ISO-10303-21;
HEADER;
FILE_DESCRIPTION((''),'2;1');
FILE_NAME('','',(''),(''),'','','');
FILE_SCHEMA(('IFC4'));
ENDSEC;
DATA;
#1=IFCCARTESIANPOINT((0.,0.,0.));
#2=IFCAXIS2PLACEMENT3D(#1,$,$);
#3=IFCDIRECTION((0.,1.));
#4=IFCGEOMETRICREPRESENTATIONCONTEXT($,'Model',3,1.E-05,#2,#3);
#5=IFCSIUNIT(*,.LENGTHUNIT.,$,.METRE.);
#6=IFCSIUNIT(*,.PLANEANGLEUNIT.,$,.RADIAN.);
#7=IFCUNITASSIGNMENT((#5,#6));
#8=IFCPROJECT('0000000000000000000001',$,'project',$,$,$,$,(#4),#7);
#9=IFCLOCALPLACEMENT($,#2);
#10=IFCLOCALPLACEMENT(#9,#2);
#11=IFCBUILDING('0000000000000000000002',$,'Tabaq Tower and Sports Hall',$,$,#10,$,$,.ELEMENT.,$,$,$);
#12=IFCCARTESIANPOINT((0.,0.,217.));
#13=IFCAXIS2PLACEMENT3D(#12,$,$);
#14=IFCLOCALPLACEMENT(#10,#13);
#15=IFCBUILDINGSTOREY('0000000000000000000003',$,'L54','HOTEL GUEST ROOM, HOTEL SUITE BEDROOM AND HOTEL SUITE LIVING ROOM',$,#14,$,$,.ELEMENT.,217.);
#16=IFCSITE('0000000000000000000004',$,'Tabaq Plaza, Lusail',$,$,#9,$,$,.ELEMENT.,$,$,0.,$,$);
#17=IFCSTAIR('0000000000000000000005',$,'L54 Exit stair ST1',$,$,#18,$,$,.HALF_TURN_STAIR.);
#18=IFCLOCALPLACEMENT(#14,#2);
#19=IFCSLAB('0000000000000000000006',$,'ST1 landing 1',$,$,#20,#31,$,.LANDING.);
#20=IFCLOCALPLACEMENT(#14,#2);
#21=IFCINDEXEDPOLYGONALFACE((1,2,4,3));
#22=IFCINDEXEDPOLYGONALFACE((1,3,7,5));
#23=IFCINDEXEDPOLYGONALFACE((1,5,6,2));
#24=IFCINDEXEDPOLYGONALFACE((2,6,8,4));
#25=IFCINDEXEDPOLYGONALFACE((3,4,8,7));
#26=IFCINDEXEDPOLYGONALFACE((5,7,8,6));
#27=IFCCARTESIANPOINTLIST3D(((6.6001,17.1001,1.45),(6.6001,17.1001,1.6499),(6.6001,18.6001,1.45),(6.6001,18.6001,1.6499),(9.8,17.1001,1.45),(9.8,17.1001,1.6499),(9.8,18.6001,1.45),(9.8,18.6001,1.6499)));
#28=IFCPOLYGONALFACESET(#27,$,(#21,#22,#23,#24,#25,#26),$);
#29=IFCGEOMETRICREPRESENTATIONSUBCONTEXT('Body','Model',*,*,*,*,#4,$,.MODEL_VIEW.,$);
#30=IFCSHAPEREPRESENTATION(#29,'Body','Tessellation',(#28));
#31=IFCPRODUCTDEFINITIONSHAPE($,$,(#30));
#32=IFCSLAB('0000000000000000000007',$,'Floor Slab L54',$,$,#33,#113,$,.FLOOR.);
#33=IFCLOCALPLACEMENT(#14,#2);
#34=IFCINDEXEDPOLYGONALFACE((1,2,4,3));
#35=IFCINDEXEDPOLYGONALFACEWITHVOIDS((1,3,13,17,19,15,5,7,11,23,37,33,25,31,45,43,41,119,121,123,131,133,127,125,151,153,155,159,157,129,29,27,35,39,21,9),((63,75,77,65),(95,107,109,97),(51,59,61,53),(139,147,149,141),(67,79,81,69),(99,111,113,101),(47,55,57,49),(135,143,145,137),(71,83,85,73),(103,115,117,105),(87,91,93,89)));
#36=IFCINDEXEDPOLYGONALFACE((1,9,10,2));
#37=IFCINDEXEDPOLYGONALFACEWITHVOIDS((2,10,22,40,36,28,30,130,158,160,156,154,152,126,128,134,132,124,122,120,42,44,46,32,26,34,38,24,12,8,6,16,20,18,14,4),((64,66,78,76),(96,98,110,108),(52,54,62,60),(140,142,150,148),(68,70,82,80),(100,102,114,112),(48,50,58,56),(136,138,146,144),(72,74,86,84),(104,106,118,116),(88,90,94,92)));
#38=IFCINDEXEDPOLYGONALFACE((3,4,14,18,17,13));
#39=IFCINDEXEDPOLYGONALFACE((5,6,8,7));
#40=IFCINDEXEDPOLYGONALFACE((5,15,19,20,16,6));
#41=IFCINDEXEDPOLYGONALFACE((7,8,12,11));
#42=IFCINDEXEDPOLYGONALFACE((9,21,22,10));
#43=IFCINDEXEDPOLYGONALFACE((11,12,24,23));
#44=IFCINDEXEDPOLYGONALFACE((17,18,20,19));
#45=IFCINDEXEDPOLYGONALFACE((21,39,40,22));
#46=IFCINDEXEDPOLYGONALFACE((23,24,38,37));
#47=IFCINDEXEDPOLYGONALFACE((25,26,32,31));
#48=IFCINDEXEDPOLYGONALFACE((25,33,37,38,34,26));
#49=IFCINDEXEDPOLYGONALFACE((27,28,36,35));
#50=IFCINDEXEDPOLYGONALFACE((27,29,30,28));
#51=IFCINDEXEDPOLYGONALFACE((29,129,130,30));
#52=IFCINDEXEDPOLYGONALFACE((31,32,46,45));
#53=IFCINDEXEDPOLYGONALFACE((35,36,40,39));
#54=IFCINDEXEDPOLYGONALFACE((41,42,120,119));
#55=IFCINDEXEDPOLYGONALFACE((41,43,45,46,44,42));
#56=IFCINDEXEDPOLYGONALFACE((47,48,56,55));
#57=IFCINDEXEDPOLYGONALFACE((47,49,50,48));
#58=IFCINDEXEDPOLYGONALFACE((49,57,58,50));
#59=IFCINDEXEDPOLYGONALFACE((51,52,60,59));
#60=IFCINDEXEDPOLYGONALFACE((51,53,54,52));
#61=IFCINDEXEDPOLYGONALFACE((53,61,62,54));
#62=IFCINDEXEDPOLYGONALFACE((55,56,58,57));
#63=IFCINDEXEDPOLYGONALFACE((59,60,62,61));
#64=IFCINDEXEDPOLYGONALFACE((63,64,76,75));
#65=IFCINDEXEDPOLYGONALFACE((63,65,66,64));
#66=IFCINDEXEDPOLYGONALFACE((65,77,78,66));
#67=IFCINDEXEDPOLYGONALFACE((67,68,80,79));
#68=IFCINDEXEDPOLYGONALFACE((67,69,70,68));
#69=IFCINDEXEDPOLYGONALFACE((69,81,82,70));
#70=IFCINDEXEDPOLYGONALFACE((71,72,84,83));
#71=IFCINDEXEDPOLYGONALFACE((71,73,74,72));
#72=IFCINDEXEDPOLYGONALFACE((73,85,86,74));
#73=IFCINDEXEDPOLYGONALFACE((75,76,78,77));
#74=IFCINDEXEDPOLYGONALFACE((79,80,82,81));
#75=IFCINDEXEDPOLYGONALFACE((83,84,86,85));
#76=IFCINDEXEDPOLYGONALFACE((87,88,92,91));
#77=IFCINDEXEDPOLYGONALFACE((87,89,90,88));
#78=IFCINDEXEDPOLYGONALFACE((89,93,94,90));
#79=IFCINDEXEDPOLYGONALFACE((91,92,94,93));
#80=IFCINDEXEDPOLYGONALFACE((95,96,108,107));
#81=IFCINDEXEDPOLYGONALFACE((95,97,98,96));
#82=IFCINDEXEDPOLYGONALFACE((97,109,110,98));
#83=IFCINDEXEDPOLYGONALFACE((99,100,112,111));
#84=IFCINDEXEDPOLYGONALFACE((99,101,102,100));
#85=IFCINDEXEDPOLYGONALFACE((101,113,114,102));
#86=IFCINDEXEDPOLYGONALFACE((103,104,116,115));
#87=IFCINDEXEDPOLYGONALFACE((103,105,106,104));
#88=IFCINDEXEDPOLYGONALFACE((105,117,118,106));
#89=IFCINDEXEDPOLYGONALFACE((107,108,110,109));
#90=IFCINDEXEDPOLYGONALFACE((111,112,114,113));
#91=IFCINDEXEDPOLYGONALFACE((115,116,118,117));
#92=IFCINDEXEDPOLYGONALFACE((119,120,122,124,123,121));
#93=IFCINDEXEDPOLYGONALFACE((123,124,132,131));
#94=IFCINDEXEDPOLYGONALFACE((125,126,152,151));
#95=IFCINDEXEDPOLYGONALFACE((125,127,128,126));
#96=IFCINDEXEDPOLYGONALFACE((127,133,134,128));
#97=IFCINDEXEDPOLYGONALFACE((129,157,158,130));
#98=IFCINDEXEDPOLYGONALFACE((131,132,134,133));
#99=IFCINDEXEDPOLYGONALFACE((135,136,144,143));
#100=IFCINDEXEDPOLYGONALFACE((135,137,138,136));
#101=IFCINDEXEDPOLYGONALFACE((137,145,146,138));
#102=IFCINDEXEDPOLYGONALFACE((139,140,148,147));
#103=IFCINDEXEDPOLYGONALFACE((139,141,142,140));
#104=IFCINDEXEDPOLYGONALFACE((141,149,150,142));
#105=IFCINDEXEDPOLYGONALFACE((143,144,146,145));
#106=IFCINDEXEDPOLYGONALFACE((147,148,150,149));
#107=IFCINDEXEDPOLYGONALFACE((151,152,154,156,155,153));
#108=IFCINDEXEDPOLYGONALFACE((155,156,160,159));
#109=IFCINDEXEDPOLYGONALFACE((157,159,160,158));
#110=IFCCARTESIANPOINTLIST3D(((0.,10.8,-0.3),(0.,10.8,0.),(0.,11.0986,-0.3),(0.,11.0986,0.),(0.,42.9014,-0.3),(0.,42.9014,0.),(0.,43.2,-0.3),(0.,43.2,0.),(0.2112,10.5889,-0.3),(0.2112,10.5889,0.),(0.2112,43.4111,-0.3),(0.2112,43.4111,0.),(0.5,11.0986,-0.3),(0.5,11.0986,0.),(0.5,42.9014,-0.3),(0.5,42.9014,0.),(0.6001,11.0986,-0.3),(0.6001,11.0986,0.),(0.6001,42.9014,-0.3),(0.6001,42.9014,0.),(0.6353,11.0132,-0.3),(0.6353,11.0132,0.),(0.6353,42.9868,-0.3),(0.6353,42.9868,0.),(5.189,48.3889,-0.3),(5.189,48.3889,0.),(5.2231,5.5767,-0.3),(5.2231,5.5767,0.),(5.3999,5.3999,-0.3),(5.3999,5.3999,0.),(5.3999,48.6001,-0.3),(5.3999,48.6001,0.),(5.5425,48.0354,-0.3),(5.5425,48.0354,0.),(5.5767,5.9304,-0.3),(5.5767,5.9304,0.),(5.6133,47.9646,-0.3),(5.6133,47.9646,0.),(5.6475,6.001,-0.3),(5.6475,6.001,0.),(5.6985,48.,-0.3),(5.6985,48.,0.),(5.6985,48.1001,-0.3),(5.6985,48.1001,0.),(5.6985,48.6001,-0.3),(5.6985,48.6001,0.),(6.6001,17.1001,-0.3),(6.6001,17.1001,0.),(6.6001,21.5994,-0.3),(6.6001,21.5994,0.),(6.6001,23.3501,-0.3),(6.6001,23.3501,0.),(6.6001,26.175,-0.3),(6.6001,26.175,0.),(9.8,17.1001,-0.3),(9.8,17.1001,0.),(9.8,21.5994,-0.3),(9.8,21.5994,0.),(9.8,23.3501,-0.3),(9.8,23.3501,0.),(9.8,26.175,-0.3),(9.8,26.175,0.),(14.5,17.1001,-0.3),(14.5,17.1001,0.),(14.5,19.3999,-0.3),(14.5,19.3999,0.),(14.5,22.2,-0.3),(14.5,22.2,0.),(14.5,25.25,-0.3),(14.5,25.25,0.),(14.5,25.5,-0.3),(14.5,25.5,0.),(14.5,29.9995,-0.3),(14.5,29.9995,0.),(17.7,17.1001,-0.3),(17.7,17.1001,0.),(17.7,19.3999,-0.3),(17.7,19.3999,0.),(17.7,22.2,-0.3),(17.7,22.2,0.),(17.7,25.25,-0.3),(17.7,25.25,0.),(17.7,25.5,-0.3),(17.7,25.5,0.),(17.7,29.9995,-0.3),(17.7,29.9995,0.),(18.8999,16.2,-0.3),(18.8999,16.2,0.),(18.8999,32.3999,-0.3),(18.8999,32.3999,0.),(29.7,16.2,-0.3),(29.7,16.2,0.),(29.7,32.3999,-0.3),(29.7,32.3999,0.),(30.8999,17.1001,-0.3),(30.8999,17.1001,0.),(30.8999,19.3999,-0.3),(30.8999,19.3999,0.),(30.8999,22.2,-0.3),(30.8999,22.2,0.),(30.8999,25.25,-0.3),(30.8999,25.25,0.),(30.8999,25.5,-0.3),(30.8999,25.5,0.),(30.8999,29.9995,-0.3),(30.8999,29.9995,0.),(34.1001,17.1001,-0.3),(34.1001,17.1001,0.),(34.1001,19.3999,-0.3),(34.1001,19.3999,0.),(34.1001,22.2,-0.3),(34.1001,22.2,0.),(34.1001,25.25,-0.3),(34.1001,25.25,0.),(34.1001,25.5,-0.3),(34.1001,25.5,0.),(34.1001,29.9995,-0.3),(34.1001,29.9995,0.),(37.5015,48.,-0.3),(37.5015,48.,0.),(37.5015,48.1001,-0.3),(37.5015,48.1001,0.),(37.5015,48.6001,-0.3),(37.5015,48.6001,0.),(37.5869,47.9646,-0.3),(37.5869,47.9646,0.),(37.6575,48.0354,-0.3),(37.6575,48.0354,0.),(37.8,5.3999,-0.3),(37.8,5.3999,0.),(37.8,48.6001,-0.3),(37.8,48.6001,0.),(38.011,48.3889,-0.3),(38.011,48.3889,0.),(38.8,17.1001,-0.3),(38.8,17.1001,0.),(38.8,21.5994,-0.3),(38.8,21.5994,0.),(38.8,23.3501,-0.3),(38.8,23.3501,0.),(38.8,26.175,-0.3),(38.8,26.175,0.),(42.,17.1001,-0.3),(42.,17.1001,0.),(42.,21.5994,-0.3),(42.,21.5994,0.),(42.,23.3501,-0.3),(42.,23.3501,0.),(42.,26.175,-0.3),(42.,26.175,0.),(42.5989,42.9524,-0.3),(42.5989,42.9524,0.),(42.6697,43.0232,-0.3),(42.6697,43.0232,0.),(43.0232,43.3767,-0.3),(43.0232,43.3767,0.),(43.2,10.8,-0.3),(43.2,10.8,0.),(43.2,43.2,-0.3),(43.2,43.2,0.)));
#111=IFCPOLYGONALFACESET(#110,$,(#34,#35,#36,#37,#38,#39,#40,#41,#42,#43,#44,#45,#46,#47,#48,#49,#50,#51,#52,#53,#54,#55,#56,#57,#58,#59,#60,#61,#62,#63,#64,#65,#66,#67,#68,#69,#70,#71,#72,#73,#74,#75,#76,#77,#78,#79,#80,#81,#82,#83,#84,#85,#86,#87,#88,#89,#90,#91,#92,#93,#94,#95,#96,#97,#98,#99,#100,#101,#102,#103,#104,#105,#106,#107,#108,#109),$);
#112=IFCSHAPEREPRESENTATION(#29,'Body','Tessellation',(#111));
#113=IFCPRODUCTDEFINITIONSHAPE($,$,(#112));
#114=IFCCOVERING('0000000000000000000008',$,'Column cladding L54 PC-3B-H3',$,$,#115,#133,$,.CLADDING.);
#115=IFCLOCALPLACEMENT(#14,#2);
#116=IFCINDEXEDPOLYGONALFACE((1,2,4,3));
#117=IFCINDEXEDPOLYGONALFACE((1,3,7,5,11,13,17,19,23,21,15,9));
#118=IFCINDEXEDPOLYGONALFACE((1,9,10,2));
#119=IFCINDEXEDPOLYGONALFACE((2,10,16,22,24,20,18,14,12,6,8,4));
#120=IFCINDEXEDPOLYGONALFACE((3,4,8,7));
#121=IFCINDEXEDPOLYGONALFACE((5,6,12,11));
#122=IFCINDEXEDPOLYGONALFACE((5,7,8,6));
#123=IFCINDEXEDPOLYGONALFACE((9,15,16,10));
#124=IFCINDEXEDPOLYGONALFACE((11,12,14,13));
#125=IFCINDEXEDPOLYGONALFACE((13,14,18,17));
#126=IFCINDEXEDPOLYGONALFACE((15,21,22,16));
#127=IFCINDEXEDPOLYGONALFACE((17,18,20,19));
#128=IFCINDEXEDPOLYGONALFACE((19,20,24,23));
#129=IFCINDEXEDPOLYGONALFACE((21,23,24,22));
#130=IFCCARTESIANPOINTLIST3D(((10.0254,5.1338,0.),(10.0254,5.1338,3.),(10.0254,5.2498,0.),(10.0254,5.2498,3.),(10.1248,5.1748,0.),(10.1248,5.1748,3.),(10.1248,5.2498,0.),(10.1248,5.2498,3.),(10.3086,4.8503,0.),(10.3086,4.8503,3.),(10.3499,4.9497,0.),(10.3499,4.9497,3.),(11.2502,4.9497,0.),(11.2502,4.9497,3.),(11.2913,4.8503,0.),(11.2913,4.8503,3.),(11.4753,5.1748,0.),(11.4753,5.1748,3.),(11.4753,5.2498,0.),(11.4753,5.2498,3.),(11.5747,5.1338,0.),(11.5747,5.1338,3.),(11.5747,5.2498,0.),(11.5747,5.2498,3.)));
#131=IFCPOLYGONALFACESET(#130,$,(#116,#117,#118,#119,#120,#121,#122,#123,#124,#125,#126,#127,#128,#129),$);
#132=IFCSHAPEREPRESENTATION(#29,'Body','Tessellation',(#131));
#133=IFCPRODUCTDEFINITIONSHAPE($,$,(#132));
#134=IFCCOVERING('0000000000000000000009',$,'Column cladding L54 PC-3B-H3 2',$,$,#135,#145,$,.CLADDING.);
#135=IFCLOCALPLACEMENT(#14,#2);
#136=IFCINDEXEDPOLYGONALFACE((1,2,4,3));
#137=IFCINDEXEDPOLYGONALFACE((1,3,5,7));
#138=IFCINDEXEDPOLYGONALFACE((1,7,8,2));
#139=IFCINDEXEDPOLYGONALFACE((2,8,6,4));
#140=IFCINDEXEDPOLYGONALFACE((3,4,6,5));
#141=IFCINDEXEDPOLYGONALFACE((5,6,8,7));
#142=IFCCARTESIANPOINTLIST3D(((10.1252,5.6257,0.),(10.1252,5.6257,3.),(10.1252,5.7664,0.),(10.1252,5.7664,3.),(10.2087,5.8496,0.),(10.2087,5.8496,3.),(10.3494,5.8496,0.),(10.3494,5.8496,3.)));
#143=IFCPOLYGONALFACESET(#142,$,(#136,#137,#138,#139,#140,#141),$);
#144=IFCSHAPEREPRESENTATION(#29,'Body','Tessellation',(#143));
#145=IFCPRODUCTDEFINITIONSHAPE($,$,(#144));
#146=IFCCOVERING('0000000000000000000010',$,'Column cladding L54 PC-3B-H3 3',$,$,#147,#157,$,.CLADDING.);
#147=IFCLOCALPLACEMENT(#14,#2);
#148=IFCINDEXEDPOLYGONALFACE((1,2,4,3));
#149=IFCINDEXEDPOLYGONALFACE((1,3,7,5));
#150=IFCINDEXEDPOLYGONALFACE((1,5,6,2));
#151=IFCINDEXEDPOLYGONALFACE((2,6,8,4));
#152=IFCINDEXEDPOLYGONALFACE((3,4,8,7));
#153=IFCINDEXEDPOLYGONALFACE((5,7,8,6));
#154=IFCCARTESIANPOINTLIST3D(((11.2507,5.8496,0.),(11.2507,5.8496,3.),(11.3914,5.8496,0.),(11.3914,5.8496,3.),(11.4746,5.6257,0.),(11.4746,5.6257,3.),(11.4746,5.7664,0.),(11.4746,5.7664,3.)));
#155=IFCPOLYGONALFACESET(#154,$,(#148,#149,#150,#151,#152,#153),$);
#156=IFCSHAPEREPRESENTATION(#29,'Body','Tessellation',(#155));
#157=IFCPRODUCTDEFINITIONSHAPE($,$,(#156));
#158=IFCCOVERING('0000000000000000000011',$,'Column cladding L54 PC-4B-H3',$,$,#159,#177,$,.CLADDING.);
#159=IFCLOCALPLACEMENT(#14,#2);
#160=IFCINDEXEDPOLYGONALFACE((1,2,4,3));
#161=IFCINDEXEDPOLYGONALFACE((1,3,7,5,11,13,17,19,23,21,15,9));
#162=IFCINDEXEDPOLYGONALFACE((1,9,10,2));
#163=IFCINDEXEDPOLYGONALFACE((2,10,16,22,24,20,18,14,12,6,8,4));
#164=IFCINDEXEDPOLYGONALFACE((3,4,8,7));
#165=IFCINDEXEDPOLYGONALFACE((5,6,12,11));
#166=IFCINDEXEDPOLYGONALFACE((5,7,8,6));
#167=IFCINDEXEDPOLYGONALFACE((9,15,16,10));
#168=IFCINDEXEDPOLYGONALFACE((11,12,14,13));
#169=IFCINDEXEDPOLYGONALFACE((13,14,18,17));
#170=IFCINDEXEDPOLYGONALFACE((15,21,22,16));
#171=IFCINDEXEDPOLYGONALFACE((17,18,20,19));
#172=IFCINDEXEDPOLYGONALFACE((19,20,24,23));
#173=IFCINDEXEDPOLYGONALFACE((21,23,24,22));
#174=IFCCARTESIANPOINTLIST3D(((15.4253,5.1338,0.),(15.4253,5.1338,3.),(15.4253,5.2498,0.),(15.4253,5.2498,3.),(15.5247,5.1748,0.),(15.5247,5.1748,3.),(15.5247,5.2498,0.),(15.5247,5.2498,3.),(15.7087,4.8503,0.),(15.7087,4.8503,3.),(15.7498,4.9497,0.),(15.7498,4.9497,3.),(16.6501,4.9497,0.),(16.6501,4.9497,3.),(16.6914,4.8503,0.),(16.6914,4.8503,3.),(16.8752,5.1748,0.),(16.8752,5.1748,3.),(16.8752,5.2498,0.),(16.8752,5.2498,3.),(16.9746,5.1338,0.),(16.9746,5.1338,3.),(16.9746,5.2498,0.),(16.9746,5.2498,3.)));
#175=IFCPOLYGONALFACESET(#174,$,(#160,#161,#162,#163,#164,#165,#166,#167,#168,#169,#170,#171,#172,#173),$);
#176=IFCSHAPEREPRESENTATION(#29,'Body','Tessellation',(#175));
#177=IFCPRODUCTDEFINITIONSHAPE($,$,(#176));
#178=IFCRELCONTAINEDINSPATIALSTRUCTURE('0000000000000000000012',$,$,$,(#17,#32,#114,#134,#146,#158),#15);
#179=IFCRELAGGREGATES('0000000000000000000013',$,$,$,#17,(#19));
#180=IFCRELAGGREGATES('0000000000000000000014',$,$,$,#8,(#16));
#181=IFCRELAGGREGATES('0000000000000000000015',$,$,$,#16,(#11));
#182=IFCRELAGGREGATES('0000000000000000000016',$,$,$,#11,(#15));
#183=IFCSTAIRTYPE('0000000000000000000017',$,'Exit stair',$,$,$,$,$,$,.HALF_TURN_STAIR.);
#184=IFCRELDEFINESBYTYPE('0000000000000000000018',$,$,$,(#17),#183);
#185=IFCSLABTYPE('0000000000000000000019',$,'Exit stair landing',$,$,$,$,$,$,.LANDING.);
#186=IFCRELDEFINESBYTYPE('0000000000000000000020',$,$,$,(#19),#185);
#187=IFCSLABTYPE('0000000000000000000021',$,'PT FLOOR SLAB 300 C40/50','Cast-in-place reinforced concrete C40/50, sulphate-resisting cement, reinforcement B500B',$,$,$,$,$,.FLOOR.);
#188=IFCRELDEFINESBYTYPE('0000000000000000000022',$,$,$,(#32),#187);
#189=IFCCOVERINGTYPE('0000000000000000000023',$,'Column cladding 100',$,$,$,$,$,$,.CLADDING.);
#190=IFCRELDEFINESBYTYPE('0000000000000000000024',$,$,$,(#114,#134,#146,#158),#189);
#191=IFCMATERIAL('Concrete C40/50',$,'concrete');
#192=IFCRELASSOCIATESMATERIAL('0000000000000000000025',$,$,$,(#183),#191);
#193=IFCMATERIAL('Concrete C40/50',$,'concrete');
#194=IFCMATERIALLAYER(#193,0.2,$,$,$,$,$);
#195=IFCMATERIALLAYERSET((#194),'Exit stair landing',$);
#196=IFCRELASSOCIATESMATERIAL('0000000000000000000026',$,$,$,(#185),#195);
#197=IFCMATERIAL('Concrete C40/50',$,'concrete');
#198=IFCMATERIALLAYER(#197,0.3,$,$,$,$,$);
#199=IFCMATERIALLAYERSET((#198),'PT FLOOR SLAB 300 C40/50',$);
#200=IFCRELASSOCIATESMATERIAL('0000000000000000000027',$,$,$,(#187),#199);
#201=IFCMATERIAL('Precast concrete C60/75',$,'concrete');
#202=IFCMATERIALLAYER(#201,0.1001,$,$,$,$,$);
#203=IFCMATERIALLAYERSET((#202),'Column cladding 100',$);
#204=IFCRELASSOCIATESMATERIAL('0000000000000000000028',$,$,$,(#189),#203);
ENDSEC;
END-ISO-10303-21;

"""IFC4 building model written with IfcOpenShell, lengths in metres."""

from ifc_helpers import new_model, si_unit, direction, frame, origin, place, context, subcontext, project, spatial, polyline, outline, extrude, material, layer, layer_set, type_object, element, aggregate, save


model = new_model("IFC4")

# Units and contexts
model_context = context("Model", 3, precision=1e-05, world=origin(), true_north=direction((0.0, 1.0)))
body_context = subcontext(model_context, "Body", "Model", "MODEL_VIEW")
ifc_project = project(units=[si_unit("LENGTHUNIT", "METRE"), si_unit("PLANEANGLEUNIT", "RADIAN")], contexts=[model_context])

# Site, building, storey
site_placement = place(None, origin())
site = spatial("IfcSite", under=ifc_project, at=site_placement, Name="Tabaq Plaza, Lusail", CompositionType="ELEMENT", RefElevation=0.0)
building_placement = place(site_placement, origin())
building = spatial("IfcBuilding", under=site, at=building_placement, Name="Tabaq Tower and Sports Hall", CompositionType="ELEMENT")
storey_placement = place(building_placement, frame((0.0, 0.0, 217.0)))
storey = spatial("IfcBuildingStorey", under=building, at=storey_placement, Name="L54", Description="HOTEL GUEST ROOM, HOTEL SUITE BEDROOM AND HOTEL SUITE LIVING ROOM", CompositionType="ELEMENT", Elevation=217.0)

# Stair, slab
ifc_material_1 = material(Name="Concrete C40/50", Category="concrete")
stair_type = type_object("IfcStairType", Name="Exit stair", PredefinedType="HALF_TURN_STAIR", material=ifc_material_1)
stair_placement = place(storey_placement, origin())
stair = element("IfcStair", 1, at=stair_placement, inside=storey, type_object=stair_type, Name="L54 Exit stair ST1", PredefinedType="HALF_TURN_STAIR")
ifc_material_2 = material(Name="Concrete C40/50", Category="concrete")
ifc_layer_1 = layer(ifc_material_2, 0.2)
ifc_layer_set_1 = layer_set([ifc_layer_1], Name="Exit stair landing")
slab_type_1 = type_object("IfcSlabType", Name="Exit stair landing", PredefinedType="LANDING", material=ifc_layer_set_1)
slab_1_placement = place(storey_placement, frame((0.0, 0.0, 1.45)))
slab_1 = element("IfcSlab", 2, at=slab_1_placement, type_object=slab_type_1, Name="ST1 landing 1", PredefinedType="LANDING", context=body_context, shape_type="SweptSolid", body=[
    extrude(outline(polyline([(6.6001, 18.6001), (6.6001, 17.1001), (9.8, 17.1001), (9.8, 18.6001), (6.6001, 18.6001)])), origin(), (0.0, 0.0, 1.0), 0.2),
])
aggregate(stair, [slab_1])

# Slab
ifc_material_3 = material(Name="Concrete C40/50", Category="concrete")
ifc_layer_2 = layer(ifc_material_3, 0.3)
ifc_layer_set_2 = layer_set([ifc_layer_2], Name="PT FLOOR SLAB 300 C40/50")
slab_type_2 = type_object("IfcSlabType", Name="PT FLOOR SLAB 300 C40/50", Description="Cast-in-place reinforced concrete C40/50, sulphate-resisting cement, reinforcement B500B", PredefinedType="FLOOR", material=ifc_layer_set_2)
slab_2_placement = place(storey_placement, frame((0.0, 0.0, -0.3)))
element("IfcSlab", 3, at=slab_2_placement, inside=storey, type_object=slab_type_2, Name="Floor Slab L54", PredefinedType="FLOOR", context=body_context, shape_type="SweptSolid", body=[
    extrude(outline(polyline([(0.0, 11.0986), (0.0, 10.8), (0.2112, 10.5889), (0.6353, 11.0132), (5.6475, 6.001), (5.5767, 5.9304), (5.2231, 5.5767), (5.3999, 5.3999), (37.8, 5.3999), (43.2, 10.8), (43.2, 43.2), (43.0232, 43.3767), (42.6697, 43.0232), (42.5989, 42.9524), (37.5869, 47.9646), (37.6575, 48.0354), (38.011, 48.3889), (37.8, 48.6001), (37.5015, 48.6001), (37.5015, 48.1001), (37.5015, 48.0), (5.6985, 48.0), (5.6985, 48.1001), (5.6985, 48.6001), (5.3999, 48.6001), (5.189, 48.3889), (5.5425, 48.0354), (5.6133, 47.9646), (0.6353, 42.9868), (0.2112, 43.4111), (0.0, 43.2), (0.0, 42.9014), (0.5, 42.9014), (0.6001, 42.9014), (0.6001, 11.0986), (0.5, 11.0986), (0.0, 11.0986)]), holes=[polyline([(14.5, 19.3999), (17.7, 19.3999), (17.7, 17.1001), (14.5, 17.1001), (14.5, 19.3999)]), polyline([(6.6001, 21.5994), (9.8, 21.5994), (9.8, 17.1001), (6.6001, 17.1001), (6.6001, 21.5994)]), polyline([(14.5, 25.25), (17.7, 25.25), (17.7, 22.2), (14.5, 22.2), (14.5, 25.25)]), polyline([(18.8999, 32.3999), (29.7, 32.3999), (29.7, 16.2), (18.8999, 16.2), (18.8999, 32.3999)]), polyline([(9.8, 26.175), (9.8, 23.3501), (6.6001, 23.3501), (6.6001, 26.175), (9.8, 26.175)]), polyline([(14.5, 29.9995), (17.7, 29.9995), (17.7, 25.5), (14.5, 25.5), (14.5, 29.9995)]), polyline([(34.1001, 19.3999), (34.1001, 17.1001), (30.8999, 17.1001), (30.8999, 19.3999), (34.1001, 19.3999)]), polyline([(42.0, 21.5994), (42.0, 17.1001), (38.8, 17.1001), (38.8, 21.5994), (42.0, 21.5994)]), polyline([(30.8999, 25.25), (34.1001, 25.25), (34.1001, 22.2), (30.8999, 22.2), (30.8999, 25.25)]), polyline([(42.0, 26.175), (42.0, 23.3501), (38.8, 23.3501), (38.8, 26.175), (42.0, 26.175)]), polyline([(34.1001, 29.9995), (34.1001, 25.5), (30.8999, 25.5), (30.8999, 29.9995), (34.1001, 29.9995)])]), origin(), (0.0, 0.0, 1.0), 0.3),
])

# Coverings
ifc_material_4 = material(Name="Precast concrete C60/75", Category="concrete")
ifc_layer_3 = layer(ifc_material_4, 0.1001)
ifc_layer_set_3 = layer_set([ifc_layer_3], Name="Column cladding 100")
covering_type = type_object("IfcCoveringType", Name="Column cladding 100", PredefinedType="CLADDING", material=ifc_layer_set_3)
covering_1_placement = place(storey_placement, origin())
element("IfcCovering", 4, at=covering_1_placement, inside=storey, type_object=covering_type, Name="Column cladding L54 PC-3B-H3", PredefinedType="CLADDING", context=body_context, shape_type="SweptSolid", body=[
    extrude(outline(polyline([(10.0254, 5.2498), (10.1248, 5.2498), (10.1248, 5.1748), (10.3499, 4.9497), (11.2502, 4.9497), (11.4753, 5.1748), (11.4753, 5.2498), (11.5747, 5.2498), (11.5747, 5.1338), (11.2913, 4.8503), (10.3086, 4.8503), (10.0254, 5.1338), (10.0254, 5.2498)])), origin(), (0.0, 0.0, 1.0), 3.0),
])
covering_2_placement = place(storey_placement, origin())
element("IfcCovering", 5, at=covering_2_placement, inside=storey, type_object=covering_type, Name="Column cladding L54 PC-3B-H3 2", PredefinedType="CLADDING", context=body_context, shape_type="SweptSolid", body=[
    extrude(outline(polyline([(10.2087, 5.8496), (10.3494, 5.8496), (10.1252, 5.6257), (10.1252, 5.7664), (10.2087, 5.8496)])), origin(), (0.0, 0.0, 1.0), 3.0),
])
covering_3_placement = place(storey_placement, origin())
element("IfcCovering", 6, at=covering_3_placement, inside=storey, type_object=covering_type, Name="Column cladding L54 PC-3B-H3 3", PredefinedType="CLADDING", context=body_context, shape_type="SweptSolid", body=[
    extrude(outline(polyline([(11.4746, 5.7664), (11.4746, 5.6257), (11.2507, 5.8496), (11.3914, 5.8496), (11.4746, 5.7664)])), origin(), (0.0, 0.0, 1.0), 3.0),
])
covering_4_placement = place(storey_placement, origin())
element("IfcCovering", 7, at=covering_4_placement, inside=storey, type_object=covering_type, Name="Column cladding L54 PC-4B-H3", PredefinedType="CLADDING", context=body_context, shape_type="SweptSolid", body=[
    extrude(outline(polyline([(15.4253, 5.2498), (15.5247, 5.2498), (15.5247, 5.1748), (15.7498, 4.9497), (16.6501, 4.9497), (16.8752, 5.1748), (16.8752, 5.2498), (16.9746, 5.2498), (16.9746, 5.1338), (16.6914, 4.8503), (15.7087, 4.8503), (15.4253, 5.1338), (15.4253, 5.2498)])), origin(), (0.0, 0.0, 1.0), 3.0),
])

save(model, "model.ifc")
